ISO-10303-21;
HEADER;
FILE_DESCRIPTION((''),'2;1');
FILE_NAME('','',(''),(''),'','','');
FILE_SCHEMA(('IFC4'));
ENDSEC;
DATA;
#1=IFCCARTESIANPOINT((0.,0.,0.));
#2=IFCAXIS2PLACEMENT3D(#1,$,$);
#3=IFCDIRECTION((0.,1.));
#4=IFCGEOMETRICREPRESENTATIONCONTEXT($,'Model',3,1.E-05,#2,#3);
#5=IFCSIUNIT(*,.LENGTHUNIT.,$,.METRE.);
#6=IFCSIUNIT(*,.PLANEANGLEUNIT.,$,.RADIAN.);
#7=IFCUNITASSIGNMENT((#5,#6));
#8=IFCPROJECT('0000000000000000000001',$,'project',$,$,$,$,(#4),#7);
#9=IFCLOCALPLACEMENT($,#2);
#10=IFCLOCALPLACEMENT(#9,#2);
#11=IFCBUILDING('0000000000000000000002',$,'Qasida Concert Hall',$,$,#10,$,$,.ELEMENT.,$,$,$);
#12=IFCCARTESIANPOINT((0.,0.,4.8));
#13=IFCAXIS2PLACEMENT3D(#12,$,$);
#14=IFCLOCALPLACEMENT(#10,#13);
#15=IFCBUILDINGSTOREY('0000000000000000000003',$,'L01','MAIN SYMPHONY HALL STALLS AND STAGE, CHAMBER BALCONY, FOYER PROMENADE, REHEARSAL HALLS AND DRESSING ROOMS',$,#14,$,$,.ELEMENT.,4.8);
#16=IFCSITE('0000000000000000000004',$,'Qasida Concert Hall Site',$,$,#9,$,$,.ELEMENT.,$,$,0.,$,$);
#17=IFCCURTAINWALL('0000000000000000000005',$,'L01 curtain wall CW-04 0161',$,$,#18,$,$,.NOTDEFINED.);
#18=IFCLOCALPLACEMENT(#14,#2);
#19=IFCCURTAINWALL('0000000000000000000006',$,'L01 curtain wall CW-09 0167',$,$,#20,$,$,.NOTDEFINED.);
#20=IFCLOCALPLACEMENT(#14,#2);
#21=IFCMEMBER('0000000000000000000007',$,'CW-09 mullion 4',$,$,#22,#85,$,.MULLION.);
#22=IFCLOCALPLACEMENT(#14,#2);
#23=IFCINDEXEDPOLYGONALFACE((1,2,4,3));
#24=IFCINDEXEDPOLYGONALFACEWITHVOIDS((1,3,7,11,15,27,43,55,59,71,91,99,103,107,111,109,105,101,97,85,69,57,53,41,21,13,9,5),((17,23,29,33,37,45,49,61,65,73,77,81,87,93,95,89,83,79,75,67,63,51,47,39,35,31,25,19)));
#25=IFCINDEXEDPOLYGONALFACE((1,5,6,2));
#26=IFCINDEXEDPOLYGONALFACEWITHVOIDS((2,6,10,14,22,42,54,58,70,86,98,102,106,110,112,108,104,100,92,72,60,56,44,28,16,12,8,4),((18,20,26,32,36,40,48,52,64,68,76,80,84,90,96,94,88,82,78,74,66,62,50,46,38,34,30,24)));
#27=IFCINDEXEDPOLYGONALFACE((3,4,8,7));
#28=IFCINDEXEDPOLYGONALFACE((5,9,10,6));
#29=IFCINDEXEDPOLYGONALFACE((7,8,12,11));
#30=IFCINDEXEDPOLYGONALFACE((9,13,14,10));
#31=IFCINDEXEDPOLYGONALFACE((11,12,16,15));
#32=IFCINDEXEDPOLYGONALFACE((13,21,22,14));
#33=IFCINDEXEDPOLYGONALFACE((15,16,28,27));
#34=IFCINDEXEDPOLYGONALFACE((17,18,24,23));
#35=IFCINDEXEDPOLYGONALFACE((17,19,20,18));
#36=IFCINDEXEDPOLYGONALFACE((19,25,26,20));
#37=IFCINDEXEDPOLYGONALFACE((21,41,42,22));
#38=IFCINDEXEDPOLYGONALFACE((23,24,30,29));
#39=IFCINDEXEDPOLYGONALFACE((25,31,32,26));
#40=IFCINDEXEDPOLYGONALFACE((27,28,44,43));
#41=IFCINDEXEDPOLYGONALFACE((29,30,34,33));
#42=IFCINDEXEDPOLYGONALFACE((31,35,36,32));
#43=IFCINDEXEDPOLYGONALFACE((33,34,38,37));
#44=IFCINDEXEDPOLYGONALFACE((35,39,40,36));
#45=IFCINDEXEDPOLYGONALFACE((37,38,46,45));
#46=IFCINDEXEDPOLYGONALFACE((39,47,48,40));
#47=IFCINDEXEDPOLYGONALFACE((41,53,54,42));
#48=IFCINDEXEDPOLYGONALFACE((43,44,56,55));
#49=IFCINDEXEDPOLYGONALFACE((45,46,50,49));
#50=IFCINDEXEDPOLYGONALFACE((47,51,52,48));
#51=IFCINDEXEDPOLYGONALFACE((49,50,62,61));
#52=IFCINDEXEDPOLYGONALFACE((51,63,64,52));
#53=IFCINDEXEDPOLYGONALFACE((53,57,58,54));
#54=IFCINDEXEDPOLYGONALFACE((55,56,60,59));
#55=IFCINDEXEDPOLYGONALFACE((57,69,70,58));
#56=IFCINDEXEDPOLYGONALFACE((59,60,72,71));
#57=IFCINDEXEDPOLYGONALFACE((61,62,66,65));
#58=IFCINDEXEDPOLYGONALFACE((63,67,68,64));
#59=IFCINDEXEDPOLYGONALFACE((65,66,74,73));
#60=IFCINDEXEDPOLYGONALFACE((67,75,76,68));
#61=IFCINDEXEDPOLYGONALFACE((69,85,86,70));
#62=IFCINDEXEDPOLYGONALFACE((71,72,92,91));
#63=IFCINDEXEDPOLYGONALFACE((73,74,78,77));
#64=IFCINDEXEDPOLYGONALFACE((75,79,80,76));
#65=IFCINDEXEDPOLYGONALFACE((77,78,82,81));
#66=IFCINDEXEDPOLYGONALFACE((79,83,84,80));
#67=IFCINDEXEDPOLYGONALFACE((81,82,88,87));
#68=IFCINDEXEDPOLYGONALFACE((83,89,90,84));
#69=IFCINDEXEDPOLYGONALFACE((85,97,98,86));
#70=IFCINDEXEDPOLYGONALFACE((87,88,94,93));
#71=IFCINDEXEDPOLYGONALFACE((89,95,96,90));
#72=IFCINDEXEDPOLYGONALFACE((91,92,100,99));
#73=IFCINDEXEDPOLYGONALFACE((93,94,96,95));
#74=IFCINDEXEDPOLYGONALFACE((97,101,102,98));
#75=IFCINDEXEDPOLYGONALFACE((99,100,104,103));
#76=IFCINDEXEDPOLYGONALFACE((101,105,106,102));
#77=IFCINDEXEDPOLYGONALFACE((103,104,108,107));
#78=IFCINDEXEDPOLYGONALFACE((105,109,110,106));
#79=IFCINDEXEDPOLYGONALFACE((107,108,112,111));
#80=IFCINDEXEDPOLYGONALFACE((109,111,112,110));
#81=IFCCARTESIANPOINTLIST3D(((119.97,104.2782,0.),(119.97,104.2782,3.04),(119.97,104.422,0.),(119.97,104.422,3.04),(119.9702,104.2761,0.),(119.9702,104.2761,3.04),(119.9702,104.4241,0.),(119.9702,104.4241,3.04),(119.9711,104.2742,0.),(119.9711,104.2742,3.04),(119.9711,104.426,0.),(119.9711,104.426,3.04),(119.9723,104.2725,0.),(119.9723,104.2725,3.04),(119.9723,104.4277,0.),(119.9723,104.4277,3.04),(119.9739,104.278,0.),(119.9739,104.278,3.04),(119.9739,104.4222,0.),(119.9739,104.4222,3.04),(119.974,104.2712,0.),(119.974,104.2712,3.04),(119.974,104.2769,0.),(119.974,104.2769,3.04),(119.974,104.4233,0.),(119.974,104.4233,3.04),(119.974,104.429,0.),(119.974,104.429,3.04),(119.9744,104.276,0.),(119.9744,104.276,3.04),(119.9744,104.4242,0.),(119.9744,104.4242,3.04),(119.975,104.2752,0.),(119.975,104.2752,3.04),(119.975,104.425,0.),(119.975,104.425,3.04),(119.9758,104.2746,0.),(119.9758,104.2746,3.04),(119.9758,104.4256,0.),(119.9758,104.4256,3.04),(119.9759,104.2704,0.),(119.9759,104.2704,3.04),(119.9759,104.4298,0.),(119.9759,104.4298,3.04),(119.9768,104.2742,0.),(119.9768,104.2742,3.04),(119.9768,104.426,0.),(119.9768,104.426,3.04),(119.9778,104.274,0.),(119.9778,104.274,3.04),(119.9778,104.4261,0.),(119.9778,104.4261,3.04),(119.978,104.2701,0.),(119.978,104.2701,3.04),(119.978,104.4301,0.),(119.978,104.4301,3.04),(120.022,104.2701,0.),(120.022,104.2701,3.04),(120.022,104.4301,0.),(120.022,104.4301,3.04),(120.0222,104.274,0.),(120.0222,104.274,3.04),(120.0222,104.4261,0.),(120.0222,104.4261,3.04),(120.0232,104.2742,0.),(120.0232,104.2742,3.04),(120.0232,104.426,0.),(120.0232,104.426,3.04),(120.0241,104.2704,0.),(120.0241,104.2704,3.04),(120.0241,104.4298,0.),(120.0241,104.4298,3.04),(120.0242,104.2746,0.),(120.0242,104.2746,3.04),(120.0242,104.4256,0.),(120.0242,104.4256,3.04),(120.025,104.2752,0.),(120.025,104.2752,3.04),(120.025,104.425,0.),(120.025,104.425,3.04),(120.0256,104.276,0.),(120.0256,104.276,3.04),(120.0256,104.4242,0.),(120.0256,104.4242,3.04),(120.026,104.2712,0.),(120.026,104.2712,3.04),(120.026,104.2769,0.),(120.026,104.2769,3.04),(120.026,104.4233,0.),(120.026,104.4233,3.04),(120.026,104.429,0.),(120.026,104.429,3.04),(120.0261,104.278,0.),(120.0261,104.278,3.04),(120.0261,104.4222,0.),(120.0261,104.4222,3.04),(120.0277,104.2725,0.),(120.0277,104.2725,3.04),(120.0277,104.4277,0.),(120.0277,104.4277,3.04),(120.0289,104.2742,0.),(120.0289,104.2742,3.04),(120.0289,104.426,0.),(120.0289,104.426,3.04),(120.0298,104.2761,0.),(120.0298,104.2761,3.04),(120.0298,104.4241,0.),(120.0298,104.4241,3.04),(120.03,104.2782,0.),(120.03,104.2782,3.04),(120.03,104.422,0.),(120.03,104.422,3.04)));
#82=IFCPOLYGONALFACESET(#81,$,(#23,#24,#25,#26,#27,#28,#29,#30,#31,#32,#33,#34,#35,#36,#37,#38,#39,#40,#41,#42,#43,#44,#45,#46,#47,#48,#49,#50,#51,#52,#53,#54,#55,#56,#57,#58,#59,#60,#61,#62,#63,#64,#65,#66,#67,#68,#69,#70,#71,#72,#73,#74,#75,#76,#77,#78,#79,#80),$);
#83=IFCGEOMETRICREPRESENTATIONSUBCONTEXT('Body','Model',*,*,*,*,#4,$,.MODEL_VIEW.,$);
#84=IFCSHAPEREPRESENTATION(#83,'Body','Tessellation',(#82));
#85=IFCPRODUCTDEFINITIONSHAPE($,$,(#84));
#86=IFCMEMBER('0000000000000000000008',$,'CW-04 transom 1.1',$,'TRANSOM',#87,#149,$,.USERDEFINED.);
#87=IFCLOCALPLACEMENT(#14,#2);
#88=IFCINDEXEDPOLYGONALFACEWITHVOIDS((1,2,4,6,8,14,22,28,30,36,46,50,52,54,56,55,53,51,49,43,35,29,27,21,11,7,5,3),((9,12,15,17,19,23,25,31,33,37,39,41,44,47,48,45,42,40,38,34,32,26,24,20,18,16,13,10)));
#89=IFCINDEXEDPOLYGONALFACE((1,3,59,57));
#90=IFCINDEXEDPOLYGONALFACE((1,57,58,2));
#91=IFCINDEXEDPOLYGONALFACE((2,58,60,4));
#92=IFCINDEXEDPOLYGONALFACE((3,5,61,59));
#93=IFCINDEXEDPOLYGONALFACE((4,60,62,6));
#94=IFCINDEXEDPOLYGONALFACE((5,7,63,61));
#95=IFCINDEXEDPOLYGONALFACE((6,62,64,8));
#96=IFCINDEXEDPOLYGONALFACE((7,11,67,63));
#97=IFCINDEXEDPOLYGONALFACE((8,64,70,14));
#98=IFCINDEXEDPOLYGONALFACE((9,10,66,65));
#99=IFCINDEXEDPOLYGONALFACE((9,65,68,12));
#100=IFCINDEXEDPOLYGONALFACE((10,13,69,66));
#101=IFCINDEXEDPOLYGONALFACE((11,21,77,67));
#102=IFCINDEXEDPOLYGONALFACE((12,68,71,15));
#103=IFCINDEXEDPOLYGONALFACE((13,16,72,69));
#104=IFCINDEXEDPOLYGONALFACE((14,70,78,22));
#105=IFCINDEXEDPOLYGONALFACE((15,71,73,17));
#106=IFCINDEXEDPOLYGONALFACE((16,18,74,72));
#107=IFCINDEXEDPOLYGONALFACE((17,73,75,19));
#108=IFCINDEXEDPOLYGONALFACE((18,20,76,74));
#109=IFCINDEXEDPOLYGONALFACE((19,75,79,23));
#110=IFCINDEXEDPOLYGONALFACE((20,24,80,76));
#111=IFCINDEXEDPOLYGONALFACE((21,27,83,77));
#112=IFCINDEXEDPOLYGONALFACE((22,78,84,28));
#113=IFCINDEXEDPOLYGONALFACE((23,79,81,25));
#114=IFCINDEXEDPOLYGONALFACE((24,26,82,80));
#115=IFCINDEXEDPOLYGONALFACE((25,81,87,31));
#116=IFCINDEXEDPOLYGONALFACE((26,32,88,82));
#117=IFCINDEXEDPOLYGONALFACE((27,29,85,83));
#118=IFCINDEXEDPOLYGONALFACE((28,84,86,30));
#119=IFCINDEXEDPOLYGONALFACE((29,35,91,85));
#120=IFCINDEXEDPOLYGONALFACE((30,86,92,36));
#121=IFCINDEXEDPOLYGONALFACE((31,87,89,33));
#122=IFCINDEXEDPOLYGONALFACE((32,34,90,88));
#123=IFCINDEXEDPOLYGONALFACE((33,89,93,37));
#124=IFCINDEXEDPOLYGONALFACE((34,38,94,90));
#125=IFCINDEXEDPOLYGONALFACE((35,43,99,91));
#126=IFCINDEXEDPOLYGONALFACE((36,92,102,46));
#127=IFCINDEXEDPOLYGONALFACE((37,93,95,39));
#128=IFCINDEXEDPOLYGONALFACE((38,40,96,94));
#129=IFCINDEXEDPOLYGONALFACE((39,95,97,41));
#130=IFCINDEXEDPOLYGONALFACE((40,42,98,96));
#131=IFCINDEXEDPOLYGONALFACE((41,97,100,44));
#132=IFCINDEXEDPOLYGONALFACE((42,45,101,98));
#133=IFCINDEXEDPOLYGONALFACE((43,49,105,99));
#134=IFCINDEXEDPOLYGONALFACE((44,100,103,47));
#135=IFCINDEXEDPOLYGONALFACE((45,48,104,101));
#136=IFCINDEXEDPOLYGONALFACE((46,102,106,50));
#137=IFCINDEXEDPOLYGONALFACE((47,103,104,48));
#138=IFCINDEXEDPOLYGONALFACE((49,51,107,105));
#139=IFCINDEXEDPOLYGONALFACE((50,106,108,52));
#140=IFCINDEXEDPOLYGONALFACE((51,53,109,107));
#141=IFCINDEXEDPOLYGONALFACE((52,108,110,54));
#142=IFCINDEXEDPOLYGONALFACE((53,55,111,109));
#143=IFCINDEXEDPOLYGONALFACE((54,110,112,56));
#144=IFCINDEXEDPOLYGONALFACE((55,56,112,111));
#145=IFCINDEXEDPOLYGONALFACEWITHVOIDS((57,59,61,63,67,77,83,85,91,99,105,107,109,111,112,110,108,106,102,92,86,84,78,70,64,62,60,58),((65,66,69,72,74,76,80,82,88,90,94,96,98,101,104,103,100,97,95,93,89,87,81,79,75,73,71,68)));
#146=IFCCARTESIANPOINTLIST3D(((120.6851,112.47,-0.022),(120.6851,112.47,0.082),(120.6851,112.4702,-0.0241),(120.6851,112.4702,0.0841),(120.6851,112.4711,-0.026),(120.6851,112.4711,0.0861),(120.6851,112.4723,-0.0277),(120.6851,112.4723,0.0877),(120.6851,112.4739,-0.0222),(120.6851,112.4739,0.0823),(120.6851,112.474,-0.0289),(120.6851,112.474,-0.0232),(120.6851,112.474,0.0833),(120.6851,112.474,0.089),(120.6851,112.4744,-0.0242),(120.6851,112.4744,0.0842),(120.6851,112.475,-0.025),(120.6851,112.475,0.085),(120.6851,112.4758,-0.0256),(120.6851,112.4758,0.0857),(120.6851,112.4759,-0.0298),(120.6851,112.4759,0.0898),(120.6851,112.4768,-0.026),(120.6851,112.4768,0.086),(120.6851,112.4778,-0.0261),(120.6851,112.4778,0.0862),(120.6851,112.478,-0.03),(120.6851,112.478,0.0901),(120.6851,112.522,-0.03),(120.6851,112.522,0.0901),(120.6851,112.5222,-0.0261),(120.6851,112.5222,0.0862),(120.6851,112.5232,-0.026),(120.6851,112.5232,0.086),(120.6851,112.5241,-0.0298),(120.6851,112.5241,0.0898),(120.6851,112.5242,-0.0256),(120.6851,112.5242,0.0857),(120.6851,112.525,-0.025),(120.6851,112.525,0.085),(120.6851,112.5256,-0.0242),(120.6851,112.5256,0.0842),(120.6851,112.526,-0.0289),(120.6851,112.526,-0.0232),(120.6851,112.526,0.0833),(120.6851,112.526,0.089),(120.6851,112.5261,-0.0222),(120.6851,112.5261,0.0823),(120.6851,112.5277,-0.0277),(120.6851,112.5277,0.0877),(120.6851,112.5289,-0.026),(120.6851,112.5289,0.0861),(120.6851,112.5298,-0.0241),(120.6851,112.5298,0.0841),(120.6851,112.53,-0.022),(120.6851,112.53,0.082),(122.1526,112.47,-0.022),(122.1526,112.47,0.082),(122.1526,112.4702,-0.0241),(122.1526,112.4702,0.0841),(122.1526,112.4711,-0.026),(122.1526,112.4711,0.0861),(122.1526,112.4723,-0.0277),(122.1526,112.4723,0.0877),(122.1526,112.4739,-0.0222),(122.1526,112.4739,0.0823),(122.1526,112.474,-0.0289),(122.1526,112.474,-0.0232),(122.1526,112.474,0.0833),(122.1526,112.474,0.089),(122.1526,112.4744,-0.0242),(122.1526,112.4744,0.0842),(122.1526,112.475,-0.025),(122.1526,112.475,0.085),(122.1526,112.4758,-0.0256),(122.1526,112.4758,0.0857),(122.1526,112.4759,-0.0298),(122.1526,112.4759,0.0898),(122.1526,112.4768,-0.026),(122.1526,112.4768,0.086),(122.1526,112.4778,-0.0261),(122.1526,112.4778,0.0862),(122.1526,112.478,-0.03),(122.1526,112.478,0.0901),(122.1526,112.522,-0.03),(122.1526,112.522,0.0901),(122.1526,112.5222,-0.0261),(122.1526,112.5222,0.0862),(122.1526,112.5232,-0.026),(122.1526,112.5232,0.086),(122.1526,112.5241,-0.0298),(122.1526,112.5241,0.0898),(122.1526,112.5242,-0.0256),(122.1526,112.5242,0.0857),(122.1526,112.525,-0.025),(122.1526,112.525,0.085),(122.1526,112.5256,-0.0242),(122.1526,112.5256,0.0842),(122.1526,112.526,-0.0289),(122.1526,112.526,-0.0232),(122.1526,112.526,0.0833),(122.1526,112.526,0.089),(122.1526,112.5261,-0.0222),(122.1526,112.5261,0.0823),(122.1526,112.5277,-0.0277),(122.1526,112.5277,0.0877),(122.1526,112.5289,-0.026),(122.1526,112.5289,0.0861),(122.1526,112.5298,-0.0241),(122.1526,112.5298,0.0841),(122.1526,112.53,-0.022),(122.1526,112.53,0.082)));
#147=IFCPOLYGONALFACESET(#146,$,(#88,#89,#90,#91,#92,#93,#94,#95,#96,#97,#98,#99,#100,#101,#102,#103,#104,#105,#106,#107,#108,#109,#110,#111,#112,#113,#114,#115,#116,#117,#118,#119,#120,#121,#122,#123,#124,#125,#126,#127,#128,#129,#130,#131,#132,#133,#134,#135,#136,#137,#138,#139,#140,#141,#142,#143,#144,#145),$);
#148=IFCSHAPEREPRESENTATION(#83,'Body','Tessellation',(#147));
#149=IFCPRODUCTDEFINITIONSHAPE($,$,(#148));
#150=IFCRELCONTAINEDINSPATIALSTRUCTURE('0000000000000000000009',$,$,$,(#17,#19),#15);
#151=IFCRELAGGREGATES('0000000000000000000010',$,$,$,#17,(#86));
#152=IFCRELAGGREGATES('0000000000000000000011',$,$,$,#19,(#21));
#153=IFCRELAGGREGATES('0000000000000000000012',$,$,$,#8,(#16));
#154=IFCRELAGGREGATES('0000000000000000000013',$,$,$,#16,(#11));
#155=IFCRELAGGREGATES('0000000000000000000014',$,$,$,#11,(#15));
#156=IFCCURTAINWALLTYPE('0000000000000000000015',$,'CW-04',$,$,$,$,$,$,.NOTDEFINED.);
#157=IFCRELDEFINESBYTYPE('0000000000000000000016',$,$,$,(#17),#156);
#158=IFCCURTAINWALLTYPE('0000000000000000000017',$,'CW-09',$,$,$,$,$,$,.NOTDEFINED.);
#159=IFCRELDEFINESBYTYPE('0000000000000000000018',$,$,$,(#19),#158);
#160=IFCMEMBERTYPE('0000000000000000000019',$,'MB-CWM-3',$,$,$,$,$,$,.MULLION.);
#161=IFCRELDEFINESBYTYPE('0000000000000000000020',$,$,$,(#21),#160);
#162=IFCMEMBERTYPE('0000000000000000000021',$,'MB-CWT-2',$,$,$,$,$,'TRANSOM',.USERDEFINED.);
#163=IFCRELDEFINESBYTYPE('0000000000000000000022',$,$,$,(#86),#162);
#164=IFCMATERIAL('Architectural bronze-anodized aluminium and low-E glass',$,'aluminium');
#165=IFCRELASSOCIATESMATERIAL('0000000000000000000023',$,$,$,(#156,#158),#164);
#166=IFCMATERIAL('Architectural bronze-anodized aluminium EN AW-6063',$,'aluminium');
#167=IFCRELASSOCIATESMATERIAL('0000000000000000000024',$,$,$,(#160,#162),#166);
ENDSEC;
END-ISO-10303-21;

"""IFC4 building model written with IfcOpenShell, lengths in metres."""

from ifc_helpers import new_model, si_unit, direction, frame, origin, origin_2d, place, context, subcontext, project, spatial, hollow_rectangle, extrude, material, material_profile, profile_set, type_object, element, aggregate, save


model = new_model("IFC4")

# Units and contexts
model_context = context("Model", 3, precision=1e-05, world=origin(), true_north=direction((0.0, 1.0)))
body_context = subcontext(model_context, "Body", "Model", "MODEL_VIEW")
ifc_project = project(units=[si_unit("LENGTHUNIT", "METRE"), si_unit("PLANEANGLEUNIT", "RADIAN")], contexts=[model_context])

# Site, building, storey
site_placement = place(None, origin())
site = spatial("IfcSite", under=ifc_project, at=site_placement, Name="Qasida Concert Hall Site", CompositionType="ELEMENT", RefElevation=0.0)
building_placement = place(site_placement, origin())
building = spatial("IfcBuilding", under=site, at=building_placement, Name="Qasida Concert Hall", CompositionType="ELEMENT")
storey_placement = place(building_placement, frame((0.0, 0.0, 4.8)))
storey = spatial("IfcBuildingStorey", under=building, at=storey_placement, Name="L01", Description="MAIN SYMPHONY HALL STALLS AND STAGE, CHAMBER BALCONY, FOYER PROMENADE, REHEARSAL HALLS AND DRESSING ROOMS", CompositionType="ELEMENT", Elevation=4.8)

# Curtain wall
ifc_material_1 = material(Name="Architectural bronze-anodized aluminium and low-E glass", Category="aluminium")
curtain_wall_type_1 = type_object("IfcCurtainWallType", Name="CW-04", PredefinedType="NOTDEFINED", material=ifc_material_1)
curtain_wall_1_placement = place(storey_placement, origin())
curtain_wall_1 = element("IfcCurtainWall", 1, at=curtain_wall_1_placement, inside=storey, type_object=curtain_wall_type_1, Name="L01 curtain wall CW-04 0161", PredefinedType="NOTDEFINED")
ifc_material_2 = material(Name="Architectural bronze-anodized aluminium EN AW-6063", Category="aluminium")

# Curtain wall, member
curtain_wall_type_2 = type_object("IfcCurtainWallType", Name="CW-09", PredefinedType="NOTDEFINED", material=ifc_material_1)
curtain_wall_2_placement = place(storey_placement, origin())
curtain_wall_2 = element("IfcCurtainWall", 2, at=curtain_wall_2_placement, inside=storey, type_object=curtain_wall_type_2, Name="L01 curtain wall CW-09 0167", PredefinedType="NOTDEFINED")
ifc_material_profile_1 = material_profile(ifc_material_2, hollow_rectangle(XDim=0.0601, YDim=0.1599, WallThickness=0.0039, InnerFilletRadius=0.0039, OuterFilletRadius=0.0081, at=origin_2d()), Name="CWM 160x60x4")
ifc_profile_set_1 = profile_set([ifc_material_profile_1], Name="Architectural bronze-anodized aluminium EN AW-6063")
member_type_1 = type_object("IfcMemberType", Name="MB-CWM-3", PredefinedType="MULLION", material=ifc_profile_set_1)
member_1_placement = place(storey_placement, frame((120.0, 104.3501, 0.0), z_axis=(0.0, 0.0, 1.0), x_axis=(-1.0, 0.0, 0.0)))
member_1 = element("IfcMember", 3, at=member_1_placement, type_object=member_type_1, Name="CW-09 mullion 4", PredefinedType="MULLION", context=body_context, shape_type="SweptSolid", body=[
    extrude(hollow_rectangle(XDim=0.0601, YDim=0.1599, WallThickness=0.0039, InnerFilletRadius=0.0039, OuterFilletRadius=0.0081, at=origin_2d()), origin(), (0.0, 0.0, 1.0), 3.04),
])

# Member
ifc_material_profile_2 = material_profile(ifc_material_2, hollow_rectangle(XDim=0.0601, YDim=0.1201, WallThickness=0.0039, InnerFilletRadius=0.0039, OuterFilletRadius=0.0081, at=origin_2d()), Name="CWT 120x60x4")
ifc_profile_set_2 = profile_set([ifc_material_profile_2], Name="Architectural bronze-anodized aluminium EN AW-6063")
member_type_2 = type_object("IfcMemberType", Name="MB-CWT-2", ElementType="TRANSOM", PredefinedType="USERDEFINED", material=ifc_profile_set_2)
member_2_placement = place(storey_placement, frame((120.6851, 112.5, 0.03), z_axis=(1.0, 0.0, 0.0), x_axis=(0.0, 1.0, 0.0)))
member_2 = element("IfcMember", 4, at=member_2_placement, type_object=member_type_2, Name="CW-04 transom 1.1", ObjectType="TRANSOM", PredefinedType="USERDEFINED", context=body_context, shape_type="SweptSolid", body=[
    extrude(hollow_rectangle(XDim=0.0601, YDim=0.1201, WallThickness=0.0039, InnerFilletRadius=0.0039, OuterFilletRadius=0.0081, at=origin_2d()), origin(), (0.0, 0.0, 1.0), 1.4675),
])
aggregate(curtain_wall_1, [member_2])

aggregate(curtain_wall_2, [member_1])

save(model, "model.ifc")
